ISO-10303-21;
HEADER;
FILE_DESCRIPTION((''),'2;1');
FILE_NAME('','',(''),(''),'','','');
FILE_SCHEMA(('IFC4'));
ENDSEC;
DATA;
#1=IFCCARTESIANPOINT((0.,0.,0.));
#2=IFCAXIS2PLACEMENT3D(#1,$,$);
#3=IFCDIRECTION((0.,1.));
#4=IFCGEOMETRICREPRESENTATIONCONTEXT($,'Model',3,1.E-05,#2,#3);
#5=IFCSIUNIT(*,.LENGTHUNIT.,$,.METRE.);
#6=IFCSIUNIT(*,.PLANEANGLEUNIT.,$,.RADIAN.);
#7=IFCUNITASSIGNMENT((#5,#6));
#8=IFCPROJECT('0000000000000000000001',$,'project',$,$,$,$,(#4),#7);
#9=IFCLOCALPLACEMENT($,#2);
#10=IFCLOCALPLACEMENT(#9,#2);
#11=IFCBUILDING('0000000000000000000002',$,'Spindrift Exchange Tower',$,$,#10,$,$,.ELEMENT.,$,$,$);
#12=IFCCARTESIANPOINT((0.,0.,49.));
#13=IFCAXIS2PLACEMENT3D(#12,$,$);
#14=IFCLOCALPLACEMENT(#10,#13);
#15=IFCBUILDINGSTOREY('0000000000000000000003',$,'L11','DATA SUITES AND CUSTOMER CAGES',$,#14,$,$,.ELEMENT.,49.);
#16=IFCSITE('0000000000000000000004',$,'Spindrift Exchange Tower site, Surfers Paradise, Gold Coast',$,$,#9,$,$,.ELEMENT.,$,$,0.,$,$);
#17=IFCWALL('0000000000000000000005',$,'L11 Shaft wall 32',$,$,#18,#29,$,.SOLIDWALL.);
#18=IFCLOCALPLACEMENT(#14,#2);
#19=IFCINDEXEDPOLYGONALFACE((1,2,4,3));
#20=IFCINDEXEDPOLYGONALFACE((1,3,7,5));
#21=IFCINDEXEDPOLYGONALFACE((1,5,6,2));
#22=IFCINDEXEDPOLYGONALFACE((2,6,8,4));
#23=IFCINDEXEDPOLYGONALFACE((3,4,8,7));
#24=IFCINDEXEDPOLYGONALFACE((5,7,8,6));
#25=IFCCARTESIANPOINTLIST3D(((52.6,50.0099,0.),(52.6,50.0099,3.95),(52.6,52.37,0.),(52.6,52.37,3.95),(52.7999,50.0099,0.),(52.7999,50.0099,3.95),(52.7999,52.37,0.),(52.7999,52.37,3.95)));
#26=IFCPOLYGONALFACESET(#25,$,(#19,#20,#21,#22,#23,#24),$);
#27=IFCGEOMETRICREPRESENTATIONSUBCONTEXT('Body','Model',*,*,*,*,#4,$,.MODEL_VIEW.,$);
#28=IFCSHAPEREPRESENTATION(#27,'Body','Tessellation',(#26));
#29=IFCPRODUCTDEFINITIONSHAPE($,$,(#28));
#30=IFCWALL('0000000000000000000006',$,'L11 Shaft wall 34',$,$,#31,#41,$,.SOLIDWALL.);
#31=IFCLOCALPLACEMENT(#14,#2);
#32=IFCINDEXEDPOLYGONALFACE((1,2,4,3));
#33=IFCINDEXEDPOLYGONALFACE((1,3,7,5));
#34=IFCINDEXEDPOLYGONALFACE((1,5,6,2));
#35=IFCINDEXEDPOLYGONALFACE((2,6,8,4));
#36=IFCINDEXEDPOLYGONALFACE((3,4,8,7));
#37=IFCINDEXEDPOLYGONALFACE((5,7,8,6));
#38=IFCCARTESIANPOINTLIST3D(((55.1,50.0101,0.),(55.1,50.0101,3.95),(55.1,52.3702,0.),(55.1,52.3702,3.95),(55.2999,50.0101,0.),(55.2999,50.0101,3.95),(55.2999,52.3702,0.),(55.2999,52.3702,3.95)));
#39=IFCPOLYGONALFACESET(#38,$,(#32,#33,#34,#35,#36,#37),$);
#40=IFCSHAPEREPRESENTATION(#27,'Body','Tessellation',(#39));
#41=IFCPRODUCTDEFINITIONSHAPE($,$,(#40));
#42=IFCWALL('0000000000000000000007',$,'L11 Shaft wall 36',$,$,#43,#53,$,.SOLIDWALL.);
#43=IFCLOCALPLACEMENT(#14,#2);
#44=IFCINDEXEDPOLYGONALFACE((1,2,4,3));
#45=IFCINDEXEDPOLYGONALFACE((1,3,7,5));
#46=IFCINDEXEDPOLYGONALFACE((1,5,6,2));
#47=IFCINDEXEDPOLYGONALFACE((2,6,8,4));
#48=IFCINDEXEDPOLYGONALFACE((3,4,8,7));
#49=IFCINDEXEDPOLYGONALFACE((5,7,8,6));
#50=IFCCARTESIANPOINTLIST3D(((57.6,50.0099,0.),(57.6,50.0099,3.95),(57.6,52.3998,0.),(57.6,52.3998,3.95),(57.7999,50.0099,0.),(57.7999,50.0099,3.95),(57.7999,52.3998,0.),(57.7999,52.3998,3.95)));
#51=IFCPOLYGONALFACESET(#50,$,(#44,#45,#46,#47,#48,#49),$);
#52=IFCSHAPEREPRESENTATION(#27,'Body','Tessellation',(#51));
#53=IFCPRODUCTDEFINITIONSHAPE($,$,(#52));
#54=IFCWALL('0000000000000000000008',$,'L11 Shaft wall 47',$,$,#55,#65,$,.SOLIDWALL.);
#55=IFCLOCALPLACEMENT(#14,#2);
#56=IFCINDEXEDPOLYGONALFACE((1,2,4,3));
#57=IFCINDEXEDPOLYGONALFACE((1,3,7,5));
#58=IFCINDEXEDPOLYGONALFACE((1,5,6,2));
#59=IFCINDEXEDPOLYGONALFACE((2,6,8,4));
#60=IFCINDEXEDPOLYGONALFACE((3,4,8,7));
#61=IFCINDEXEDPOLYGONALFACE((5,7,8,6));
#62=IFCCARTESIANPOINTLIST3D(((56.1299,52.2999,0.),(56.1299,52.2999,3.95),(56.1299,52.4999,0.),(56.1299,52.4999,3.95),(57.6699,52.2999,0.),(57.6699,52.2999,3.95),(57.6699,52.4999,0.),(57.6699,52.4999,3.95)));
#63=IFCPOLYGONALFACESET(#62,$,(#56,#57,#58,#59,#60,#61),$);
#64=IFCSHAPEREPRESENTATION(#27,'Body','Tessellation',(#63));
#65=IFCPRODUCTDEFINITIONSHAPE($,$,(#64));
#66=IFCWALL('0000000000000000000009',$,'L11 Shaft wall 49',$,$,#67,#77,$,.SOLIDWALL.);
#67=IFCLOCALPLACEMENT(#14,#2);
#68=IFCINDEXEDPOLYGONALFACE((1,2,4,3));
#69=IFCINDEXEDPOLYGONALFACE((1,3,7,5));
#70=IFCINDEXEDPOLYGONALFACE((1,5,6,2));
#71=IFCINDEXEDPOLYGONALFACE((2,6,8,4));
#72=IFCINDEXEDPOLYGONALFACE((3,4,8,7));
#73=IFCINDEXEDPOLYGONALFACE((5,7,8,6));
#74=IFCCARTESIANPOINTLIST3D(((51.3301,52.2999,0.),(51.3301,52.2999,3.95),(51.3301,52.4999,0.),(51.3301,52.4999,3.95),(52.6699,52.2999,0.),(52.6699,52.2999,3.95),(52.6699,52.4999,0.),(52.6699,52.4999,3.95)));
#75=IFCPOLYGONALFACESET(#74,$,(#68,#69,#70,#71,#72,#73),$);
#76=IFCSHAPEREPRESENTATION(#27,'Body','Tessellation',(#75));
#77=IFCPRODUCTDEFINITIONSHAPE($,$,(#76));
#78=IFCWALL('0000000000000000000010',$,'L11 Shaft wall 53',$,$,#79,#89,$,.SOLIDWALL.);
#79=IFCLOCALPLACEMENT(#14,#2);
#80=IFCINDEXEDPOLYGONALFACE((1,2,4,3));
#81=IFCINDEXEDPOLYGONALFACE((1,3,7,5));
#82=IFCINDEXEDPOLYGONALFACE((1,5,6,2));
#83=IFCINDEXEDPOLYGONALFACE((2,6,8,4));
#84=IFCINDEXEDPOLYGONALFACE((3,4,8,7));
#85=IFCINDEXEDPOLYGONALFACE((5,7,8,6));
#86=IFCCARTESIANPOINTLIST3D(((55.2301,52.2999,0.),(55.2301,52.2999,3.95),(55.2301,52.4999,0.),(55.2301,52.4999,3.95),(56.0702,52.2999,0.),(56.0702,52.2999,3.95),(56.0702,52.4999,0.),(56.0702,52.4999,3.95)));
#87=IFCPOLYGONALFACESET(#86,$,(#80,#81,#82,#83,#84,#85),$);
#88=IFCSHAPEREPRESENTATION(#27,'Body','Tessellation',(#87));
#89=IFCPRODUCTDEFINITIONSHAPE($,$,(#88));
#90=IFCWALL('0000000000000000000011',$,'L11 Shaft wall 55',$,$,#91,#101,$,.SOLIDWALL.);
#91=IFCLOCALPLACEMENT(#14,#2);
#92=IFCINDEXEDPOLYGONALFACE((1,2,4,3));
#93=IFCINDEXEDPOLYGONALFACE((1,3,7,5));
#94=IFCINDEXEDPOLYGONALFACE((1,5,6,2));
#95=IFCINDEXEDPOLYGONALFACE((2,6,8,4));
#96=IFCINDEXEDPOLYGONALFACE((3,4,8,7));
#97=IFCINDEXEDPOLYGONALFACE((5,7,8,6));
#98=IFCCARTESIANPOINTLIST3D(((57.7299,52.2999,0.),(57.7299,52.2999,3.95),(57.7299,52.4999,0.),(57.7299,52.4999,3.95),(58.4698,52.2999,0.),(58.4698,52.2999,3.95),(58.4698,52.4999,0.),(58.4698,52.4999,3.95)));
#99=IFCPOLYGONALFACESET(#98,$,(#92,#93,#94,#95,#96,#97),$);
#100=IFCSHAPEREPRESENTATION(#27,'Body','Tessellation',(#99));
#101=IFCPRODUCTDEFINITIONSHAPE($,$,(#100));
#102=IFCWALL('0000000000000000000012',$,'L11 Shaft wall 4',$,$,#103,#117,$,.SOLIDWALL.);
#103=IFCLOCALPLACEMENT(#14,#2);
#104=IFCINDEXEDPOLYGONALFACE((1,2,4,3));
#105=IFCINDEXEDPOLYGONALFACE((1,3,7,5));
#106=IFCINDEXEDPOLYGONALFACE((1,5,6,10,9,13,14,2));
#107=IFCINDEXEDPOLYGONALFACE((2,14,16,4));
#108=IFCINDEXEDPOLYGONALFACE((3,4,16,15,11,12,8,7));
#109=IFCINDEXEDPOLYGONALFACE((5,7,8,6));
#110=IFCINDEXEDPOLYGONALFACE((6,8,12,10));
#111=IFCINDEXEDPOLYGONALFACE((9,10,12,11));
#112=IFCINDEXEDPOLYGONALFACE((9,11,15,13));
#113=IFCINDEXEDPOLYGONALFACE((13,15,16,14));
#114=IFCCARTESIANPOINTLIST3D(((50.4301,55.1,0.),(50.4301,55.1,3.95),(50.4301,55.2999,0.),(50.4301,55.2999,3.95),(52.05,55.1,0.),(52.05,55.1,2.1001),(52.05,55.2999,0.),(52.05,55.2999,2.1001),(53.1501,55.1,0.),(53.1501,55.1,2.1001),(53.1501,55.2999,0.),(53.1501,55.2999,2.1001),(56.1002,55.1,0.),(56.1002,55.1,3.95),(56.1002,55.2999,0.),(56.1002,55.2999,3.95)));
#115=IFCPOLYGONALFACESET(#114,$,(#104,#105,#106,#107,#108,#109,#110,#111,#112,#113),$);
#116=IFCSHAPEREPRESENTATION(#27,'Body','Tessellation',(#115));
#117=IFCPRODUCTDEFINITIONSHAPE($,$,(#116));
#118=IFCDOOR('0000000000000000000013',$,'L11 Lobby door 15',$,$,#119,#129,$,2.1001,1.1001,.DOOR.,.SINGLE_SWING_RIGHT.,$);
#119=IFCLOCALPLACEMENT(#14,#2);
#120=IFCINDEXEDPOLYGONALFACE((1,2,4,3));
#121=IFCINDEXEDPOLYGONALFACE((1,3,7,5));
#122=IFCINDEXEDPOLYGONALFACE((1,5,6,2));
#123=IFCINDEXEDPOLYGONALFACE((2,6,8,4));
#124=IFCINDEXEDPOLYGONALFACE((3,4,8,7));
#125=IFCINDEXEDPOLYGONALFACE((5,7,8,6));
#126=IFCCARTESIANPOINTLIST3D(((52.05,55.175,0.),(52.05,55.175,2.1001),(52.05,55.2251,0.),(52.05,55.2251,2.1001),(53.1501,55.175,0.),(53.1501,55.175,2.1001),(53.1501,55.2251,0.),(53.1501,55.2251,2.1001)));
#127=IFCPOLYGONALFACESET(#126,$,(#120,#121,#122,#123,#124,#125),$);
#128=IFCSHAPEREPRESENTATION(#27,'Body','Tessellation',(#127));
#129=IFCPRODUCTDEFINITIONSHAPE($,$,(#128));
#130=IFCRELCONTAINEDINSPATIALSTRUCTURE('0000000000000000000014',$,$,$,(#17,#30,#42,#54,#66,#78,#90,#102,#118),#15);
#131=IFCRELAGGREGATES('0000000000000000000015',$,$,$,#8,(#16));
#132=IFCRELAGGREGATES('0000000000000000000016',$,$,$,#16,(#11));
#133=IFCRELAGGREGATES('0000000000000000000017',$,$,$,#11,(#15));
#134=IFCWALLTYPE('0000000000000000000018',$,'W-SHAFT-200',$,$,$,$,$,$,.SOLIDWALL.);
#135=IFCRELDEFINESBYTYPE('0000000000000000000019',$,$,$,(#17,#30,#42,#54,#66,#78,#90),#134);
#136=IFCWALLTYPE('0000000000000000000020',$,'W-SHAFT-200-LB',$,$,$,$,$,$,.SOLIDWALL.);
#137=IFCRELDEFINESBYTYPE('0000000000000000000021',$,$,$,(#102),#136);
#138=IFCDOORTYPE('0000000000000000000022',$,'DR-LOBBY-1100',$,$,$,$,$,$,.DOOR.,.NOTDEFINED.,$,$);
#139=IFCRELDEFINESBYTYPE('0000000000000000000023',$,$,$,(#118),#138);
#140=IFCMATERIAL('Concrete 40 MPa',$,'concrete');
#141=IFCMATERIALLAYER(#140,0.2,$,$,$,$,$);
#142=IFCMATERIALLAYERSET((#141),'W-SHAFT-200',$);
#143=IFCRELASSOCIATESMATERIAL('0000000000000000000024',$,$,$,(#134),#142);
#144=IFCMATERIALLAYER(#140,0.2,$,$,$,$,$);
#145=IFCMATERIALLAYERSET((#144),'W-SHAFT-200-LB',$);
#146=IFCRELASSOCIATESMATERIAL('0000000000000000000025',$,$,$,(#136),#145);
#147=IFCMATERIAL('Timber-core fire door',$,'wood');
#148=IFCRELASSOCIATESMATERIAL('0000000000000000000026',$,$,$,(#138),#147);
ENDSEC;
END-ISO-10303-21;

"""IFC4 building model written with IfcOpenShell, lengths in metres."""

from ifc_helpers import new_model, si_unit, direction, frame, frame_2d, origin, place, context, subcontext, project, spatial, rectangle, extrude, source, transform, mapped, material, layer, layer_set, type_object, element, fill, save


model = new_model("IFC4")

# Units and contexts
model_context = context("Model", 3, precision=1e-05, world=origin(), true_north=direction((0.0, 1.0)))
body_context = subcontext(model_context, "Body", "Model", "MODEL_VIEW")
ifc_project = project(units=[si_unit("LENGTHUNIT", "METRE"), si_unit("PLANEANGLEUNIT", "RADIAN")], contexts=[model_context])

# Site, building, storey
site_placement = place(None, origin())
site = spatial("IfcSite", under=ifc_project, at=site_placement, Name="Spindrift Exchange Tower site, Surfers Paradise, Gold Coast", CompositionType="ELEMENT", RefElevation=0.0)
building_placement = place(site_placement, origin())
building = spatial("IfcBuilding", under=site, at=building_placement, Name="Spindrift Exchange Tower", CompositionType="ELEMENT")
storey_placement = place(building_placement, frame((0.0, 0.0, 49.0)))
storey = spatial("IfcBuildingStorey", under=building, at=storey_placement, Name="L11", Description="DATA SUITES AND CUSTOMER CAGES", CompositionType="ELEMENT", Elevation=49.0)

# Shared definitions
ifc_material_1 = material(Name="Concrete 40 MPa", Category="concrete")
ifc_layer_1 = layer(ifc_material_1, 0.2)
ifc_layer_set_1 = layer_set([ifc_layer_1], Name="W-SHAFT-200")
wall_type_1 = type_object("IfcWallType", Name="W-SHAFT-200", PredefinedType="SOLIDWALL", material=ifc_layer_set_1)

# Walls
for number, where, z_axis, x_axis, name in (
    (1, (52.7, 52.3701, 0.0), (0.0, 0.0, 1.0), (0.0, -1.0, 0.0), "L11 Shaft wall 32"),
    (2, (55.2, 50.01, 0.0), (0.0, 0.0, 1.0), (0.0, 1.0, 0.0), "L11 Shaft wall 34"),
):
    element("IfcWall", number, at=place(storey_placement, frame(where, z_axis=z_axis, x_axis=x_axis)), inside=storey, type_object=wall_type_1, Name=name, PredefinedType="SOLIDWALL", context=body_context, shape_type="SweptSolid", body=[
        extrude(rectangle(XDim=2.3601, YDim=0.2, at=frame_2d((1.1802, 0.0))), origin(), (0.0, 0.0, 1.0), 3.95),
    ])
wall_1_placement = place(storey_placement, frame((57.7, 50.01, 0.0), z_axis=(0.0, 0.0, 1.0), x_axis=(0.0, 1.0, 0.0)))
element("IfcWall", 3, at=wall_1_placement, inside=storey, type_object=wall_type_1, Name="L11 Shaft wall 36", PredefinedType="SOLIDWALL", context=body_context, shape_type="SweptSolid", body=[
    extrude(rectangle(XDim=2.3899, YDim=0.2, at=frame_2d((1.1948, 0.0))), origin(), (0.0, 0.0, 1.0), 3.95),
])
wall_2_placement = place(storey_placement, frame((57.6699, 52.3999, 0.0), z_axis=(0.0, 0.0, 1.0), x_axis=(-1.0, 0.0, 0.0)))
element("IfcWall", 4, at=wall_2_placement, inside=storey, type_object=wall_type_1, Name="L11 Shaft wall 47", PredefinedType="SOLIDWALL", context=body_context, shape_type="SweptSolid", body=[
    extrude(rectangle(XDim=1.54, YDim=0.2, at=frame_2d((0.77, 0.0))), origin(), (0.0, 0.0, 1.0), 3.95),
])
wall_3_placement = place(storey_placement, frame((51.3301, 52.3999, 0.0), z_axis=(0.0, 0.0, 1.0), x_axis=(1.0, 0.0, 0.0)))
element("IfcWall", 5, at=wall_3_placement, inside=storey, type_object=wall_type_1, Name="L11 Shaft wall 49", PredefinedType="SOLIDWALL", context=body_context, shape_type="SweptSolid", body=[
    extrude(rectangle(XDim=1.3398, YDim=0.2, at=frame_2d((0.6699, 0.0))), origin(), (0.0, 0.0, 1.0), 3.95),
])
wall_4_placement = place(storey_placement, frame((56.0701, 52.3999, 0.0), z_axis=(0.0, 0.0, 1.0), x_axis=(-1.0, 0.0, 0.0)))
element("IfcWall", 6, at=wall_4_placement, inside=storey, type_object=wall_type_1, Name="L11 Shaft wall 53", PredefinedType="SOLIDWALL", context=body_context, shape_type="SweptSolid", body=[
    extrude(rectangle(XDim=0.8401, YDim=0.2, at=frame_2d((0.4199, 0.0))), origin(), (0.0, 0.0, 1.0), 3.95),
])
wall_5_placement = place(storey_placement, frame((58.47, 52.3999, 0.0), z_axis=(0.0, 0.0, 1.0), x_axis=(-1.0, 0.0, 0.0)))
element("IfcWall", 7, at=wall_5_placement, inside=storey, type_object=wall_type_1, Name="L11 Shaft wall 55", PredefinedType="SOLIDWALL", context=body_context, shape_type="SweptSolid", body=[
    extrude(rectangle(XDim=0.74, YDim=0.2, at=frame_2d((0.3701, 0.0))), origin(), (0.0, 0.0, 1.0), 3.95),
])

# Wall, opening, door
ifc_layer_2 = layer(ifc_material_1, 0.2)
ifc_layer_set_2 = layer_set([ifc_layer_2], Name="W-SHAFT-200-LB")
wall_type_2 = type_object("IfcWallType", Name="W-SHAFT-200-LB", PredefinedType="SOLIDWALL", material=ifc_layer_set_2)
wall_6_placement = place(storey_placement, frame((56.1001, 55.2, 0.0), z_axis=(0.0, 0.0, 1.0), x_axis=(-1.0, 0.0, 0.0)))
wall_6 = element("IfcWall", 8, at=wall_6_placement, inside=storey, type_object=wall_type_2, Name="L11 Shaft wall 4", PredefinedType="SOLIDWALL", context=body_context, shape_type="SweptSolid", body=[
    extrude(rectangle(XDim=5.6702, YDim=0.2, at=frame_2d((2.835, 0.0))), origin(), (0.0, 0.0, 1.0), 3.95),
])
opening_1_placement = place(wall_6_placement, frame((2.95, 0.0, 0.0)))
opening_1 = element("IfcOpeningElement", 9, at=opening_1_placement, cuts=wall_6, PredefinedType="OPENING", context=body_context, shape_type="SweptSolid", body=[
    extrude(rectangle(XDim=1.1001, YDim=2.1001, at=frame_2d((0.55, 1.05))), frame((0.0, 0.1099, 0.0), z_axis=(0.0, -1.0, 0.0), x_axis=(1.0, 0.0, 0.0)), (0.0, 0.0, 1.0), 0.22),
])
ifc_material_2 = material(Name="Timber-core fire door", Category="wood")
door_type_1 = type_object("IfcDoorType", Name="DR-LOBBY-1100", OperationType="NOTDEFINED", PredefinedType="DOOR", material=ifc_material_2)
shared_shape_1 = source(origin(), body_context, "Body", "SweptSolid", [
    extrude(rectangle(XDim=1.1001, YDim=2.1001, at=frame_2d((0.55, 1.05))), frame((0.0, 0.0249, 0.0), z_axis=(0.0, -1.0, 0.0), x_axis=(1.0, 0.0, 0.0)), (0.0, 0.0, 1.0), 0.05),
])
door_1_placement = place(opening_1_placement, origin())
door_1 = element("IfcDoor", 10, at=door_1_placement, inside=storey, type_object=door_type_1, Name="L11 Lobby door 15", OperationType="SINGLE_SWING_RIGHT", OverallHeight=2.1001, OverallWidth=1.1001, PredefinedType="DOOR", context=body_context, shape_type="MappedRepresentation", body=[
    mapped(shared_shape_1, transform((0.0, 0.0, 0.0), scale=1.0)),
])
fill(opening_1, door_1)

save(model, "model.ifc")
